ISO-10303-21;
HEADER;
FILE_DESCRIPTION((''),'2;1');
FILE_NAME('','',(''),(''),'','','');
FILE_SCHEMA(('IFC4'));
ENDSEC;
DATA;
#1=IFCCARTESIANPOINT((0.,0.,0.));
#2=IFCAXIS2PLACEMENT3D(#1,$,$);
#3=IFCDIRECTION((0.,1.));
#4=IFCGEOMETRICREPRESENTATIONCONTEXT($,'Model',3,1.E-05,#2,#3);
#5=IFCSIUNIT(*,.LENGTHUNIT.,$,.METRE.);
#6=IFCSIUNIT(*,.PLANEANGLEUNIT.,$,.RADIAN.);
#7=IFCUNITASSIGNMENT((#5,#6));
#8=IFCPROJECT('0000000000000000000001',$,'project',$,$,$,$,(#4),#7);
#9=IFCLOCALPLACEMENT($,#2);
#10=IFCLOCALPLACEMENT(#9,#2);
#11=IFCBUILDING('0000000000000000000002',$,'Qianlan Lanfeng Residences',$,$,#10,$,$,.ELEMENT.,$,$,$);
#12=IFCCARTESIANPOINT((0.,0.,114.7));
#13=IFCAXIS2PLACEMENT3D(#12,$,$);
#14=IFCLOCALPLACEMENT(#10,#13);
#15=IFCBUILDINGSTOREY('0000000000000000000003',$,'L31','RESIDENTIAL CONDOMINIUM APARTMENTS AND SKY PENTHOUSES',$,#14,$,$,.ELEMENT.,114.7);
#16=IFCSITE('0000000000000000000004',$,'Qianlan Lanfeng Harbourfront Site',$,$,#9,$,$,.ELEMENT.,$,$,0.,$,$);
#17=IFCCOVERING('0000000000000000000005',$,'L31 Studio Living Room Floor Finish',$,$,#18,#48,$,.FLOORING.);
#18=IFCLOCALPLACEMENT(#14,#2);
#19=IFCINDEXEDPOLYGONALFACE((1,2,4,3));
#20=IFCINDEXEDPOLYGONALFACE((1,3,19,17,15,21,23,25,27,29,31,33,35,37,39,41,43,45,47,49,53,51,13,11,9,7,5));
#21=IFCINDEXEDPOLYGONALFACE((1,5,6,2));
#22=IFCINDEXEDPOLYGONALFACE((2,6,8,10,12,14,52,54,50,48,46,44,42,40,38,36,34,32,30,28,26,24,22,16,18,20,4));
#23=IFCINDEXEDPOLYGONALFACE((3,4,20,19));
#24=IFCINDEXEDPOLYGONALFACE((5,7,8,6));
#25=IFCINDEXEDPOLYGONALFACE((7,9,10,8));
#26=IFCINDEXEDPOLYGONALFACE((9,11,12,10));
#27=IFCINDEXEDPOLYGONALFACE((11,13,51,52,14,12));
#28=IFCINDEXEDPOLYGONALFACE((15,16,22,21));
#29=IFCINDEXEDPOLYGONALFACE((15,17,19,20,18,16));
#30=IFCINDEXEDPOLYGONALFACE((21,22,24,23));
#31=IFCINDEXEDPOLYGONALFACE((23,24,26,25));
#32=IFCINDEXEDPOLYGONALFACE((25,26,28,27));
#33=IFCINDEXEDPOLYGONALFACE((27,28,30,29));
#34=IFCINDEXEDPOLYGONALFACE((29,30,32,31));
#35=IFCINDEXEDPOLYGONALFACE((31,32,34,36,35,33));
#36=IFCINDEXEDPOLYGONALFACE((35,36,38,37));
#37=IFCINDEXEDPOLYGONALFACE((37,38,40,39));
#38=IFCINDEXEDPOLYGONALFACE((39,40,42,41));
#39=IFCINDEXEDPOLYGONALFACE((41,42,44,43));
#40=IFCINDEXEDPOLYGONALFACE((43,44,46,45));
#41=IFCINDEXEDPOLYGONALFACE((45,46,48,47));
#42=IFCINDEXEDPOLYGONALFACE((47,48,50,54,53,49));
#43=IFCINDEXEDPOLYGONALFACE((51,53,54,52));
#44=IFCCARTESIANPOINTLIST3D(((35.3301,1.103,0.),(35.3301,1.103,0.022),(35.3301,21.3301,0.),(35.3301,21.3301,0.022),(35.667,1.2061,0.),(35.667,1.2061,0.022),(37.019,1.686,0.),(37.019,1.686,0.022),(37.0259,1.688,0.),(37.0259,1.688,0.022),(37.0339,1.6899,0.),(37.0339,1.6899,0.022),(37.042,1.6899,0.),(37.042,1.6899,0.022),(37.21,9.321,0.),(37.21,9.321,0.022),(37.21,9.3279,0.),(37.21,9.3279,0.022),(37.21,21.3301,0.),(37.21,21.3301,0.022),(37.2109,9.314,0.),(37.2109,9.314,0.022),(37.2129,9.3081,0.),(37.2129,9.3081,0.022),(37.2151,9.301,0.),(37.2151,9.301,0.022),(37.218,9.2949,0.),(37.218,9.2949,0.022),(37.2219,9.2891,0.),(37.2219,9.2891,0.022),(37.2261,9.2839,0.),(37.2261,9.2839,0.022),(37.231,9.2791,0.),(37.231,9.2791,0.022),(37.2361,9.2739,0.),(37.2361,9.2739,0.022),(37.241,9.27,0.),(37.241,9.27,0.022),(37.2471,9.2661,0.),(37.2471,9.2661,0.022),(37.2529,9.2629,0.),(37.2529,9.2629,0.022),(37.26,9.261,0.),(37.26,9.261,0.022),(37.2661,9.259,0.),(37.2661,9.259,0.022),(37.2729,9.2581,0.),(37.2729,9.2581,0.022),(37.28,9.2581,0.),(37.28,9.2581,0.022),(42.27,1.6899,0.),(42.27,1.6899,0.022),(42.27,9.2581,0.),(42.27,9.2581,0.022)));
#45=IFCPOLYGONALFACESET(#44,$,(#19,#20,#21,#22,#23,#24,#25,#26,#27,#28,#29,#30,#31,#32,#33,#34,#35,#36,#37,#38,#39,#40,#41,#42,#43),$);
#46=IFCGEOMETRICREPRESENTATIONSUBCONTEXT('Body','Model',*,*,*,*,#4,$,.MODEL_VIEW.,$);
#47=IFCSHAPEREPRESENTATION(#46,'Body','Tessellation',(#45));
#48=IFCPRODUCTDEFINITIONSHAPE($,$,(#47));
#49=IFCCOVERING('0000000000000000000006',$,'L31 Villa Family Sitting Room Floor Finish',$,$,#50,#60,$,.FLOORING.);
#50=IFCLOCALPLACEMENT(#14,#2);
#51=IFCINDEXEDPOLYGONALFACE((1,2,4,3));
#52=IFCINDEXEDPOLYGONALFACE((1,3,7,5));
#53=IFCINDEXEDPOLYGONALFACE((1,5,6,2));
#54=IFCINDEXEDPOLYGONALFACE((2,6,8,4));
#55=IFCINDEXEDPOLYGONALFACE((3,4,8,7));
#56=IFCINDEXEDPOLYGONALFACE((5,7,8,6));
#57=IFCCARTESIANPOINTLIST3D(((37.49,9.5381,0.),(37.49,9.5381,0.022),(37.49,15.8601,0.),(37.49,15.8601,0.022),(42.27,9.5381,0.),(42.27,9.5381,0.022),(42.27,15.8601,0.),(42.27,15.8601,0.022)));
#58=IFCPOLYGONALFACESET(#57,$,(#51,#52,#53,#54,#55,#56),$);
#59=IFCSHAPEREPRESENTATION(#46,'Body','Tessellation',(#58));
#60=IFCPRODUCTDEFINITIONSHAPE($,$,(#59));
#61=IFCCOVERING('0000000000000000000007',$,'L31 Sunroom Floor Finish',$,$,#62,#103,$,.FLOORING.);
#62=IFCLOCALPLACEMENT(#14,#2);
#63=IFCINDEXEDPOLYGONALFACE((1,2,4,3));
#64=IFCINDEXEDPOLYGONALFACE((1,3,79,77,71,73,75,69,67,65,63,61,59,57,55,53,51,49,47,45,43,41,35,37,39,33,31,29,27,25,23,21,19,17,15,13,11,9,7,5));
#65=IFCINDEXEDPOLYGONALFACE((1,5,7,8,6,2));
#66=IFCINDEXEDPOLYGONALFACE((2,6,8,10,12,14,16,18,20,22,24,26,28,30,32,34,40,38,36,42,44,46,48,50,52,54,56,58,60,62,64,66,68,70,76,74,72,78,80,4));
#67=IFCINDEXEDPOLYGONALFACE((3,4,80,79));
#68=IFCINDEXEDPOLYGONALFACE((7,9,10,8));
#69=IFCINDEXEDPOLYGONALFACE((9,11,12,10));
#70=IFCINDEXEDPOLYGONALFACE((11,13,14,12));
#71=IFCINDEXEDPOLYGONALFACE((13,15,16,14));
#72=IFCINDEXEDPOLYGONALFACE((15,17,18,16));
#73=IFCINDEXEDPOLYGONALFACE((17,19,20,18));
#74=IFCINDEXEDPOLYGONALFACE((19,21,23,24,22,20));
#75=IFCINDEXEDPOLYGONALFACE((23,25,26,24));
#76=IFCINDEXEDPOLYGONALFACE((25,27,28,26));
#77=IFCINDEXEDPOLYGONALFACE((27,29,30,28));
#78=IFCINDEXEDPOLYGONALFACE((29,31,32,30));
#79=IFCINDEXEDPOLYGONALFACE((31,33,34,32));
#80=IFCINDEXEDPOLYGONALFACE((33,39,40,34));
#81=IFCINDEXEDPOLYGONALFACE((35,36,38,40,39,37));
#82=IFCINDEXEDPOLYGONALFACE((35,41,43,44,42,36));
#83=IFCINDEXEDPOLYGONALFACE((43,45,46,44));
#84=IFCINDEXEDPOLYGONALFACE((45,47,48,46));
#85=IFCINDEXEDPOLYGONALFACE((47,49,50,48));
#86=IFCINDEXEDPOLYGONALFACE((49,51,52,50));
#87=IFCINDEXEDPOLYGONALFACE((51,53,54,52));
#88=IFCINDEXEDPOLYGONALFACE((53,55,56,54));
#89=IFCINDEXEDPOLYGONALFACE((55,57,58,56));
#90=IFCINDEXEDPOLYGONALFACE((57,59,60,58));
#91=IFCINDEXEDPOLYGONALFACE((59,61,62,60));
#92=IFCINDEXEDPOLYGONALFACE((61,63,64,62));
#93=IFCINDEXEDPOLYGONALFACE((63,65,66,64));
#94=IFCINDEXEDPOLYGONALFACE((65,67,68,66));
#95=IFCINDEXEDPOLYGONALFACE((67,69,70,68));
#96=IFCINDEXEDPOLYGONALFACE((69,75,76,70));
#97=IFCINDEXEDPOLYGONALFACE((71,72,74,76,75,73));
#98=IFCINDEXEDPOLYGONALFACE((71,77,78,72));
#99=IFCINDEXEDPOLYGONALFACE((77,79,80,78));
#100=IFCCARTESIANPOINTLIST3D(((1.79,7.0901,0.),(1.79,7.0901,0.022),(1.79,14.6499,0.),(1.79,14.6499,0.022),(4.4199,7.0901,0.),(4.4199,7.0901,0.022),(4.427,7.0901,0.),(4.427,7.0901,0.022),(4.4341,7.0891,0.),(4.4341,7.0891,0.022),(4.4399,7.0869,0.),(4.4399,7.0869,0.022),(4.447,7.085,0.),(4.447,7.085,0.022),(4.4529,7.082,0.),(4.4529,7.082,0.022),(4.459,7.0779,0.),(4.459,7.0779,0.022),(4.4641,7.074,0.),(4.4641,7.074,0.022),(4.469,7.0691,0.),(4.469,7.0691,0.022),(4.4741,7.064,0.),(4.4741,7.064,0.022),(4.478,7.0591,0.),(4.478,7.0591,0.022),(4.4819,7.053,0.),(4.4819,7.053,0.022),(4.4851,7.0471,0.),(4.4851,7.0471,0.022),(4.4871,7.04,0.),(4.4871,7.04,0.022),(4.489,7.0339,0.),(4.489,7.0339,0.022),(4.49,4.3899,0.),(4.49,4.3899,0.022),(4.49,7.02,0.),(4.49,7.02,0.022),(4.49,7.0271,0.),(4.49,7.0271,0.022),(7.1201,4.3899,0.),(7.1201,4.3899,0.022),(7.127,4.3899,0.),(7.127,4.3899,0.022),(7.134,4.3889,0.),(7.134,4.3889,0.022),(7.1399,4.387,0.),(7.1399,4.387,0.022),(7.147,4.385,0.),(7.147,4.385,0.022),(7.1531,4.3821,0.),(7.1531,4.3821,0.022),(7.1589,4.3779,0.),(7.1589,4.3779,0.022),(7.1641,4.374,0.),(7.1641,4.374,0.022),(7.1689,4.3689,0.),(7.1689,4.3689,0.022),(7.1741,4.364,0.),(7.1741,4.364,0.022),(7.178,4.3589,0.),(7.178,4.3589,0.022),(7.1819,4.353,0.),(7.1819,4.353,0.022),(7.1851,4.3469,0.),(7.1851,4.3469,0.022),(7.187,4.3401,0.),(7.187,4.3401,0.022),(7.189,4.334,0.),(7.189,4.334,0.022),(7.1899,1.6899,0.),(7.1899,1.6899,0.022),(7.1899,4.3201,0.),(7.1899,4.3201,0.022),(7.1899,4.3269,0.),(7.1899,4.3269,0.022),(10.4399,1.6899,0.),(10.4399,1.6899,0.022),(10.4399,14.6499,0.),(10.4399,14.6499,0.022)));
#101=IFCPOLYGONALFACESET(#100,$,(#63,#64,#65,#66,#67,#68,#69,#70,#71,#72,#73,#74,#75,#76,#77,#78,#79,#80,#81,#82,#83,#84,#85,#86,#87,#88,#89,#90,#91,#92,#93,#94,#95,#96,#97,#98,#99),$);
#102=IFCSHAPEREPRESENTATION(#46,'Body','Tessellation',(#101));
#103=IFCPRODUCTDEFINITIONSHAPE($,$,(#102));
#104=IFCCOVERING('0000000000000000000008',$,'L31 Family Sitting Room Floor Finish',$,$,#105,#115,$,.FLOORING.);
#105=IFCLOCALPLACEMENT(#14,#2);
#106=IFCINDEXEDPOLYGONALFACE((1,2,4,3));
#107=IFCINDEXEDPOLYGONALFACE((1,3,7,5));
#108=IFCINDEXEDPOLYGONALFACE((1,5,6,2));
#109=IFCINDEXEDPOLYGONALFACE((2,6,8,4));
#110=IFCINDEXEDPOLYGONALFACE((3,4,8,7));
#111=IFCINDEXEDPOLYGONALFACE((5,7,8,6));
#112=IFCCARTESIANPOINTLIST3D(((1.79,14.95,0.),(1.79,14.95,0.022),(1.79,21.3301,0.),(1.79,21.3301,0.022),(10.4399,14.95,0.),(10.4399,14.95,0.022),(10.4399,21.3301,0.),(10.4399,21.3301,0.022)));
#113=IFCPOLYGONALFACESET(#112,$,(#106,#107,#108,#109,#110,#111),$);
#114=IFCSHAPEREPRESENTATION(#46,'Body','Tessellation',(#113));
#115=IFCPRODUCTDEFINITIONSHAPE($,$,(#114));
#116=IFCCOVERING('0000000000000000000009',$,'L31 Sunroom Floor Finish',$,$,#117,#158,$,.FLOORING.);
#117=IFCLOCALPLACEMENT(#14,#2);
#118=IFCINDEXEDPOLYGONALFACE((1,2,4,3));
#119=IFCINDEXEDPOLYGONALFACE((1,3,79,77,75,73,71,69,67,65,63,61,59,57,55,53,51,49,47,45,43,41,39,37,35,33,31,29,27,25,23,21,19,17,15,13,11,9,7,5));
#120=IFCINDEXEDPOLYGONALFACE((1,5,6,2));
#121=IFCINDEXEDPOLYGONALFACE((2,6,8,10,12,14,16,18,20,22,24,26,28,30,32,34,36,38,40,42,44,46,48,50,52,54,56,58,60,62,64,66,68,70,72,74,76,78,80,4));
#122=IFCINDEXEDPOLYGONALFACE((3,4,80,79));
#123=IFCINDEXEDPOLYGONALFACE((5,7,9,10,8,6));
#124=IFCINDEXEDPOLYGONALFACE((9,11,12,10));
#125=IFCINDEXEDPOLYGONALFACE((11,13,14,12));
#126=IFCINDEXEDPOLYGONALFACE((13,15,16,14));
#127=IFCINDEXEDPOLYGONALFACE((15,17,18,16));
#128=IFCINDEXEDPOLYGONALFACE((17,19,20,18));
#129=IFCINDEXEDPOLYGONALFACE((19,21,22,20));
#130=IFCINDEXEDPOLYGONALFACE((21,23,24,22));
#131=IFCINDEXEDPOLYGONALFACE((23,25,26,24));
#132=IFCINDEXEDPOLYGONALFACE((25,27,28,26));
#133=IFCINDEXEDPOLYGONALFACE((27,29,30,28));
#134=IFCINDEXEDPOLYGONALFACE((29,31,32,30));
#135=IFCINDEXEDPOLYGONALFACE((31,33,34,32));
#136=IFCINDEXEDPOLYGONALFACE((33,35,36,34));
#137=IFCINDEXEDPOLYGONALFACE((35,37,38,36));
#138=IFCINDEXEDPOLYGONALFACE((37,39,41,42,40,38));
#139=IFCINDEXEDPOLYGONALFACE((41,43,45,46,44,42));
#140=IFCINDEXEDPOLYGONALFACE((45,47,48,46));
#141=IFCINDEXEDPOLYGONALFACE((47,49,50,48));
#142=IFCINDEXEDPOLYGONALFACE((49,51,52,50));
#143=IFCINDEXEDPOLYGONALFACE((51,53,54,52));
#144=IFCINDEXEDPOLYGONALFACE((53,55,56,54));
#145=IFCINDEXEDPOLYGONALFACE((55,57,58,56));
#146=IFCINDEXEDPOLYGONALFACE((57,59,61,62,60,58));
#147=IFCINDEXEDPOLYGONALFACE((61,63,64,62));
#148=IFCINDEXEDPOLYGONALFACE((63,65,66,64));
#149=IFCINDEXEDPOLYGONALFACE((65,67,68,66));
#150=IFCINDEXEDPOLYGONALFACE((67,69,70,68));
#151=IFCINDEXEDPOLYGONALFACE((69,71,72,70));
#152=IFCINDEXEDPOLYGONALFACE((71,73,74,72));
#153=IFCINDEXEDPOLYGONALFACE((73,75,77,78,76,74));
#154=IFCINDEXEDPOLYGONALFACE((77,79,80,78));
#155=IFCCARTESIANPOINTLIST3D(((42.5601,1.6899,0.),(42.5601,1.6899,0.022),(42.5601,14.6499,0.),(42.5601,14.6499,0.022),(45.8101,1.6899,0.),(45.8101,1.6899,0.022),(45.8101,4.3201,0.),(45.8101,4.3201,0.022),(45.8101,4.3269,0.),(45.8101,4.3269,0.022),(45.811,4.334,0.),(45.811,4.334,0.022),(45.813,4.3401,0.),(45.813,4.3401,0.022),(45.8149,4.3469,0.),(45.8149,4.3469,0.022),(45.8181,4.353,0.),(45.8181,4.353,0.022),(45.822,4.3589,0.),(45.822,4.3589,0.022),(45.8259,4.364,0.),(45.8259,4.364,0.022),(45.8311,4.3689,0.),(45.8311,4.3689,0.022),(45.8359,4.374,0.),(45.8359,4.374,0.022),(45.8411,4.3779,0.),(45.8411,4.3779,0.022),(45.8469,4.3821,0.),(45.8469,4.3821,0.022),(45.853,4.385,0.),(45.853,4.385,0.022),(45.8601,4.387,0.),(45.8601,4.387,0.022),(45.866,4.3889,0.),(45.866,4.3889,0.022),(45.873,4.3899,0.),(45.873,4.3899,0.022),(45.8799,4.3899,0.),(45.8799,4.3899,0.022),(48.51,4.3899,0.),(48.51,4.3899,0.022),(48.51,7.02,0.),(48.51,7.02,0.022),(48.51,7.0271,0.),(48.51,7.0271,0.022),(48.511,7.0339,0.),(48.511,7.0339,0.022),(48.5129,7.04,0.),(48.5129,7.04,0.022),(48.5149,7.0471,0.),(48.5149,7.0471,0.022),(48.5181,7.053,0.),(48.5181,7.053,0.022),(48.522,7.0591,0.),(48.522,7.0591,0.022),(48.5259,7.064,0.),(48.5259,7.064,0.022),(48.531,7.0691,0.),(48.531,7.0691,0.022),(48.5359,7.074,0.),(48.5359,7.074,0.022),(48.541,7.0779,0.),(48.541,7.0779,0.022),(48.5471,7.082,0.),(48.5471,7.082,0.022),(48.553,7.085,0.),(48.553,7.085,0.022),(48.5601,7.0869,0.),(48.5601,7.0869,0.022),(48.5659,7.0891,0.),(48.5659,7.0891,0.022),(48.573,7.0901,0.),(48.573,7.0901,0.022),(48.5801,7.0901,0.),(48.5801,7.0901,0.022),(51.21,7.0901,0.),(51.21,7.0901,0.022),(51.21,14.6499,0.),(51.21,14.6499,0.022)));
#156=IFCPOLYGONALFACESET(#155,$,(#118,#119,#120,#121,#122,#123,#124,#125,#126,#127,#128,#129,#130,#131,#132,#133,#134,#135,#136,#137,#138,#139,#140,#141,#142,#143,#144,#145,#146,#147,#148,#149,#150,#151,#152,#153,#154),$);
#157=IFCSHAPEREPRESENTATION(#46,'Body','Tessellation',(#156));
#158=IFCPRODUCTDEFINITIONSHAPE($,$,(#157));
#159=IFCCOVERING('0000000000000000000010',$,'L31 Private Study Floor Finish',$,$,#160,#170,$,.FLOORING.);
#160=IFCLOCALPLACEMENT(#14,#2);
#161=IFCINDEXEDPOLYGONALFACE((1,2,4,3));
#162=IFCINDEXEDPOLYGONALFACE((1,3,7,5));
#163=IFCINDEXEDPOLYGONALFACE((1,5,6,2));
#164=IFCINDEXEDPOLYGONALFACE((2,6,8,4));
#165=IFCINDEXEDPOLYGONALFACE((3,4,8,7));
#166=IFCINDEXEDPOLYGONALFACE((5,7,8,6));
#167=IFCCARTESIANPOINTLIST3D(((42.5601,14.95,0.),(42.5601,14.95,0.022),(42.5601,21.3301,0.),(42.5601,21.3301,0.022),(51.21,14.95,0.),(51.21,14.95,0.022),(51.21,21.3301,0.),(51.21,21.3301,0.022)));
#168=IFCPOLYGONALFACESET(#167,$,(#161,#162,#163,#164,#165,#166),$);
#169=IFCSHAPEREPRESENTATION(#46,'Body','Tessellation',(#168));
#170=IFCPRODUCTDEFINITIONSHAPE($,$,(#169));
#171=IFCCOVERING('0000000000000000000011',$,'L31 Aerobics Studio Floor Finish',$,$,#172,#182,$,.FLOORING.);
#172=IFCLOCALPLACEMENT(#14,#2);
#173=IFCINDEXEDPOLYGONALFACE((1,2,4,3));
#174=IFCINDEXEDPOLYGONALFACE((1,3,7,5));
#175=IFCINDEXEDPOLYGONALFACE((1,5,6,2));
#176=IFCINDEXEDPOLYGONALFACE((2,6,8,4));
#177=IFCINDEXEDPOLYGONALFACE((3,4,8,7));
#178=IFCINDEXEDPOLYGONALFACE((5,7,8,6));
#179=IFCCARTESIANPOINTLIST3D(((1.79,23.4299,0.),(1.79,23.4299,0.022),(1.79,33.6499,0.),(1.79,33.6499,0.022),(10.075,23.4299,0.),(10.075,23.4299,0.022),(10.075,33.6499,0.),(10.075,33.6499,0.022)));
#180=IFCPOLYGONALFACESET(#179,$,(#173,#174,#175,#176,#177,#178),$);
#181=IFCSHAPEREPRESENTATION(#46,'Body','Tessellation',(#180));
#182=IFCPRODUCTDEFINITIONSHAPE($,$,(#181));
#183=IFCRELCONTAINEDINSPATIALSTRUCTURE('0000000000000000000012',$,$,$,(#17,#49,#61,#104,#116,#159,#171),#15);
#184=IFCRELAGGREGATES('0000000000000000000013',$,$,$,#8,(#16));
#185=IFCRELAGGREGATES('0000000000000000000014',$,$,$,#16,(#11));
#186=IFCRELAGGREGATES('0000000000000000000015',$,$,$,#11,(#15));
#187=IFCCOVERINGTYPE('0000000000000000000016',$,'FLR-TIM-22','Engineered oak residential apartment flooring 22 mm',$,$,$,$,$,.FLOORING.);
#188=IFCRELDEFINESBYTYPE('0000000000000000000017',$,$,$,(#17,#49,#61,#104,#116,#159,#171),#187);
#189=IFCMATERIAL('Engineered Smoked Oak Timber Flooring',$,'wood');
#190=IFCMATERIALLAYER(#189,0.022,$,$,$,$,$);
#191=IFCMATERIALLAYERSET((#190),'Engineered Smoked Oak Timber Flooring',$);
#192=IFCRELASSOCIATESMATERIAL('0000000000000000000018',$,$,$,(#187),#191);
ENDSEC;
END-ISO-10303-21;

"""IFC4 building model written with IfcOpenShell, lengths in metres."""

from ifc_helpers import new_model, si_unit, direction, frame, origin, place, context, subcontext, project, spatial, polyline, outline, extrude, material, layer, layer_set, type_object, element, save


model = new_model("IFC4")

# Units and contexts
model_context = context("Model", 3, precision=1e-05, world=origin(), true_north=direction((0.0, 1.0)))
body_context = subcontext(model_context, "Body", "Model", "MODEL_VIEW")
ifc_project = project(units=[si_unit("LENGTHUNIT", "METRE"), si_unit("PLANEANGLEUNIT", "RADIAN")], contexts=[model_context])

# Site, building, storey
site_placement = place(None, origin())
site = spatial("IfcSite", under=ifc_project, at=site_placement, Name="Qianlan Lanfeng Harbourfront Site", CompositionType="ELEMENT", RefElevation=0.0)
building_placement = place(site_placement, origin())
building = spatial("IfcBuilding", under=site, at=building_placement, Name="Qianlan Lanfeng Residences", CompositionType="ELEMENT")
storey_placement = place(building_placement, frame((0.0, 0.0, 114.7)))
storey = spatial("IfcBuildingStorey", under=building, at=storey_placement, Name="L31", Description="RESIDENTIAL CONDOMINIUM APARTMENTS AND SKY PENTHOUSES", CompositionType="ELEMENT", Elevation=114.7)

# Coverings
ifc_material_1 = material(Name="Engineered Smoked Oak Timber Flooring", Category="wood")
ifc_layer_1 = layer(ifc_material_1, 0.022)
ifc_layer_set_1 = layer_set([ifc_layer_1], Name="Engineered Smoked Oak Timber Flooring")
covering_type_1 = type_object("IfcCoveringType", Name="FLR-TIM-22", Description="Engineered oak residential apartment flooring 22 mm", PredefinedType="FLOORING", material=ifc_layer_set_1)
covering_1_placement = place(storey_placement, origin())
element("IfcCovering", 1, at=covering_1_placement, inside=storey, type_object=covering_type_1, Name="L31 Studio Living Room Floor Finish", PredefinedType="FLOORING", context=body_context, shape_type="SweptSolid", body=[
    extrude(outline(polyline([(42.27, 1.6899), (42.27, 9.2581), (37.28, 9.2581), (37.2729, 9.2581), (37.2661, 9.259), (37.26, 9.261), (37.2529, 9.2629), (37.2471, 9.2661), (37.241, 9.27), (37.2361, 9.2739), (37.231, 9.2791), (37.2261, 9.2839), (37.2219, 9.2891), (37.218, 9.2949), (37.2151, 9.301), (37.2129, 9.3081), (37.2109, 9.314), (37.21, 9.321), (37.21, 9.3279), (37.21, 21.3301), (35.3301, 21.3301), (35.3301, 1.103), (35.667, 1.2061), (37.019, 1.686), (37.0259, 1.688), (37.0339, 1.6899), (37.042, 1.6899), (42.27, 1.6899)])), origin(), (0.0, 0.0, 1.0), 0.022),
])
covering_2_placement = place(storey_placement, origin())
element("IfcCovering", 2, at=covering_2_placement, inside=storey, type_object=covering_type_1, Name="L31 Villa Family Sitting Room Floor Finish", PredefinedType="FLOORING", context=body_context, shape_type="SweptSolid", body=[
    extrude(outline(polyline([(37.49, 15.8601), (37.49, 9.5381), (42.27, 9.5381), (42.27, 15.8601), (37.49, 15.8601)])), origin(), (0.0, 0.0, 1.0), 0.022),
])
covering_3_placement = place(storey_placement, origin())
element("IfcCovering", 3, at=covering_3_placement, inside=storey, type_object=covering_type_1, Name="L31 Sunroom Floor Finish", PredefinedType="FLOORING", context=body_context, shape_type="SweptSolid", body=[
    extrude(outline(polyline([(10.4399, 14.6499), (1.79, 14.6499), (1.79, 7.0901), (4.4199, 7.0901), (4.427, 7.0901), (4.4341, 7.0891), (4.4399, 7.0869), (4.447, 7.085), (4.4529, 7.082), (4.459, 7.0779), (4.4641, 7.074), (4.469, 7.0691), (4.4741, 7.064), (4.478, 7.0591), (4.4819, 7.053), (4.4851, 7.0471), (4.4871, 7.04), (4.489, 7.0339), (4.49, 7.0271), (4.49, 7.02), (4.49, 4.3899), (7.1201, 4.3899), (7.127, 4.3899), (7.134, 4.3889), (7.1399, 4.387), (7.147, 4.385), (7.1531, 4.3821), (7.1589, 4.3779), (7.1641, 4.374), (7.1689, 4.3689), (7.1741, 4.364), (7.178, 4.3589), (7.1819, 4.353), (7.1851, 4.3469), (7.187, 4.3401), (7.189, 4.334), (7.1899, 4.3269), (7.1899, 4.3201), (7.1899, 1.6899), (10.4399, 1.6899), (10.4399, 14.6499)])), origin(), (0.0, 0.0, 1.0), 0.022),
])
covering_4_placement = place(storey_placement, origin())
element("IfcCovering", 4, at=covering_4_placement, inside=storey, type_object=covering_type_1, Name="L31 Family Sitting Room Floor Finish", PredefinedType="FLOORING", context=body_context, shape_type="SweptSolid", body=[
    extrude(outline(polyline([(10.4399, 21.3301), (1.79, 21.3301), (1.79, 14.95), (10.4399, 14.95), (10.4399, 21.3301)])), origin(), (0.0, 0.0, 1.0), 0.022),
])
covering_5_placement = place(storey_placement, origin())
element("IfcCovering", 5, at=covering_5_placement, inside=storey, type_object=covering_type_1, Name="L31 Sunroom Floor Finish", PredefinedType="FLOORING", context=body_context, shape_type="SweptSolid", body=[
    extrude(outline(polyline([(51.21, 14.6499), (42.5601, 14.6499), (42.5601, 1.6899), (45.8101, 1.6899), (45.8101, 4.3201), (45.8101, 4.3269), (45.811, 4.334), (45.813, 4.3401), (45.8149, 4.3469), (45.8181, 4.353), (45.822, 4.3589), (45.8259, 4.364), (45.8311, 4.3689), (45.8359, 4.374), (45.8411, 4.3779), (45.8469, 4.3821), (45.853, 4.385), (45.8601, 4.387), (45.866, 4.3889), (45.873, 4.3899), (45.8799, 4.3899), (48.51, 4.3899), (48.51, 7.02), (48.51, 7.0271), (48.511, 7.0339), (48.5129, 7.04), (48.5149, 7.0471), (48.5181, 7.053), (48.522, 7.0591), (48.5259, 7.064), (48.531, 7.0691), (48.5359, 7.074), (48.541, 7.0779), (48.5471, 7.082), (48.553, 7.085), (48.5601, 7.0869), (48.5659, 7.0891), (48.573, 7.0901), (48.5801, 7.0901), (51.21, 7.0901), (51.21, 14.6499)])), origin(), (0.0, 0.0, 1.0), 0.022),
])
covering_6_placement = place(storey_placement, origin())
element("IfcCovering", 6, at=covering_6_placement, inside=storey, type_object=covering_type_1, Name="L31 Private Study Floor Finish", PredefinedType="FLOORING", context=body_context, shape_type="SweptSolid", body=[
    extrude(outline(polyline([(51.21, 21.3301), (42.5601, 21.3301), (42.5601, 14.95), (51.21, 14.95), (51.21, 21.3301)])), origin(), (0.0, 0.0, 1.0), 0.022),
])
covering_7_placement = place(storey_placement, origin())
element("IfcCovering", 7, at=covering_7_placement, inside=storey, type_object=covering_type_1, Name="L31 Aerobics Studio Floor Finish", PredefinedType="FLOORING", context=body_context, shape_type="SweptSolid", body=[
    extrude(outline(polyline([(10.075, 33.6499), (1.79, 33.6499), (1.79, 23.4299), (10.075, 23.4299), (10.075, 33.6499)])), origin(), (0.0, 0.0, 1.0), 0.022),
])

save(model, "model.ifc")
